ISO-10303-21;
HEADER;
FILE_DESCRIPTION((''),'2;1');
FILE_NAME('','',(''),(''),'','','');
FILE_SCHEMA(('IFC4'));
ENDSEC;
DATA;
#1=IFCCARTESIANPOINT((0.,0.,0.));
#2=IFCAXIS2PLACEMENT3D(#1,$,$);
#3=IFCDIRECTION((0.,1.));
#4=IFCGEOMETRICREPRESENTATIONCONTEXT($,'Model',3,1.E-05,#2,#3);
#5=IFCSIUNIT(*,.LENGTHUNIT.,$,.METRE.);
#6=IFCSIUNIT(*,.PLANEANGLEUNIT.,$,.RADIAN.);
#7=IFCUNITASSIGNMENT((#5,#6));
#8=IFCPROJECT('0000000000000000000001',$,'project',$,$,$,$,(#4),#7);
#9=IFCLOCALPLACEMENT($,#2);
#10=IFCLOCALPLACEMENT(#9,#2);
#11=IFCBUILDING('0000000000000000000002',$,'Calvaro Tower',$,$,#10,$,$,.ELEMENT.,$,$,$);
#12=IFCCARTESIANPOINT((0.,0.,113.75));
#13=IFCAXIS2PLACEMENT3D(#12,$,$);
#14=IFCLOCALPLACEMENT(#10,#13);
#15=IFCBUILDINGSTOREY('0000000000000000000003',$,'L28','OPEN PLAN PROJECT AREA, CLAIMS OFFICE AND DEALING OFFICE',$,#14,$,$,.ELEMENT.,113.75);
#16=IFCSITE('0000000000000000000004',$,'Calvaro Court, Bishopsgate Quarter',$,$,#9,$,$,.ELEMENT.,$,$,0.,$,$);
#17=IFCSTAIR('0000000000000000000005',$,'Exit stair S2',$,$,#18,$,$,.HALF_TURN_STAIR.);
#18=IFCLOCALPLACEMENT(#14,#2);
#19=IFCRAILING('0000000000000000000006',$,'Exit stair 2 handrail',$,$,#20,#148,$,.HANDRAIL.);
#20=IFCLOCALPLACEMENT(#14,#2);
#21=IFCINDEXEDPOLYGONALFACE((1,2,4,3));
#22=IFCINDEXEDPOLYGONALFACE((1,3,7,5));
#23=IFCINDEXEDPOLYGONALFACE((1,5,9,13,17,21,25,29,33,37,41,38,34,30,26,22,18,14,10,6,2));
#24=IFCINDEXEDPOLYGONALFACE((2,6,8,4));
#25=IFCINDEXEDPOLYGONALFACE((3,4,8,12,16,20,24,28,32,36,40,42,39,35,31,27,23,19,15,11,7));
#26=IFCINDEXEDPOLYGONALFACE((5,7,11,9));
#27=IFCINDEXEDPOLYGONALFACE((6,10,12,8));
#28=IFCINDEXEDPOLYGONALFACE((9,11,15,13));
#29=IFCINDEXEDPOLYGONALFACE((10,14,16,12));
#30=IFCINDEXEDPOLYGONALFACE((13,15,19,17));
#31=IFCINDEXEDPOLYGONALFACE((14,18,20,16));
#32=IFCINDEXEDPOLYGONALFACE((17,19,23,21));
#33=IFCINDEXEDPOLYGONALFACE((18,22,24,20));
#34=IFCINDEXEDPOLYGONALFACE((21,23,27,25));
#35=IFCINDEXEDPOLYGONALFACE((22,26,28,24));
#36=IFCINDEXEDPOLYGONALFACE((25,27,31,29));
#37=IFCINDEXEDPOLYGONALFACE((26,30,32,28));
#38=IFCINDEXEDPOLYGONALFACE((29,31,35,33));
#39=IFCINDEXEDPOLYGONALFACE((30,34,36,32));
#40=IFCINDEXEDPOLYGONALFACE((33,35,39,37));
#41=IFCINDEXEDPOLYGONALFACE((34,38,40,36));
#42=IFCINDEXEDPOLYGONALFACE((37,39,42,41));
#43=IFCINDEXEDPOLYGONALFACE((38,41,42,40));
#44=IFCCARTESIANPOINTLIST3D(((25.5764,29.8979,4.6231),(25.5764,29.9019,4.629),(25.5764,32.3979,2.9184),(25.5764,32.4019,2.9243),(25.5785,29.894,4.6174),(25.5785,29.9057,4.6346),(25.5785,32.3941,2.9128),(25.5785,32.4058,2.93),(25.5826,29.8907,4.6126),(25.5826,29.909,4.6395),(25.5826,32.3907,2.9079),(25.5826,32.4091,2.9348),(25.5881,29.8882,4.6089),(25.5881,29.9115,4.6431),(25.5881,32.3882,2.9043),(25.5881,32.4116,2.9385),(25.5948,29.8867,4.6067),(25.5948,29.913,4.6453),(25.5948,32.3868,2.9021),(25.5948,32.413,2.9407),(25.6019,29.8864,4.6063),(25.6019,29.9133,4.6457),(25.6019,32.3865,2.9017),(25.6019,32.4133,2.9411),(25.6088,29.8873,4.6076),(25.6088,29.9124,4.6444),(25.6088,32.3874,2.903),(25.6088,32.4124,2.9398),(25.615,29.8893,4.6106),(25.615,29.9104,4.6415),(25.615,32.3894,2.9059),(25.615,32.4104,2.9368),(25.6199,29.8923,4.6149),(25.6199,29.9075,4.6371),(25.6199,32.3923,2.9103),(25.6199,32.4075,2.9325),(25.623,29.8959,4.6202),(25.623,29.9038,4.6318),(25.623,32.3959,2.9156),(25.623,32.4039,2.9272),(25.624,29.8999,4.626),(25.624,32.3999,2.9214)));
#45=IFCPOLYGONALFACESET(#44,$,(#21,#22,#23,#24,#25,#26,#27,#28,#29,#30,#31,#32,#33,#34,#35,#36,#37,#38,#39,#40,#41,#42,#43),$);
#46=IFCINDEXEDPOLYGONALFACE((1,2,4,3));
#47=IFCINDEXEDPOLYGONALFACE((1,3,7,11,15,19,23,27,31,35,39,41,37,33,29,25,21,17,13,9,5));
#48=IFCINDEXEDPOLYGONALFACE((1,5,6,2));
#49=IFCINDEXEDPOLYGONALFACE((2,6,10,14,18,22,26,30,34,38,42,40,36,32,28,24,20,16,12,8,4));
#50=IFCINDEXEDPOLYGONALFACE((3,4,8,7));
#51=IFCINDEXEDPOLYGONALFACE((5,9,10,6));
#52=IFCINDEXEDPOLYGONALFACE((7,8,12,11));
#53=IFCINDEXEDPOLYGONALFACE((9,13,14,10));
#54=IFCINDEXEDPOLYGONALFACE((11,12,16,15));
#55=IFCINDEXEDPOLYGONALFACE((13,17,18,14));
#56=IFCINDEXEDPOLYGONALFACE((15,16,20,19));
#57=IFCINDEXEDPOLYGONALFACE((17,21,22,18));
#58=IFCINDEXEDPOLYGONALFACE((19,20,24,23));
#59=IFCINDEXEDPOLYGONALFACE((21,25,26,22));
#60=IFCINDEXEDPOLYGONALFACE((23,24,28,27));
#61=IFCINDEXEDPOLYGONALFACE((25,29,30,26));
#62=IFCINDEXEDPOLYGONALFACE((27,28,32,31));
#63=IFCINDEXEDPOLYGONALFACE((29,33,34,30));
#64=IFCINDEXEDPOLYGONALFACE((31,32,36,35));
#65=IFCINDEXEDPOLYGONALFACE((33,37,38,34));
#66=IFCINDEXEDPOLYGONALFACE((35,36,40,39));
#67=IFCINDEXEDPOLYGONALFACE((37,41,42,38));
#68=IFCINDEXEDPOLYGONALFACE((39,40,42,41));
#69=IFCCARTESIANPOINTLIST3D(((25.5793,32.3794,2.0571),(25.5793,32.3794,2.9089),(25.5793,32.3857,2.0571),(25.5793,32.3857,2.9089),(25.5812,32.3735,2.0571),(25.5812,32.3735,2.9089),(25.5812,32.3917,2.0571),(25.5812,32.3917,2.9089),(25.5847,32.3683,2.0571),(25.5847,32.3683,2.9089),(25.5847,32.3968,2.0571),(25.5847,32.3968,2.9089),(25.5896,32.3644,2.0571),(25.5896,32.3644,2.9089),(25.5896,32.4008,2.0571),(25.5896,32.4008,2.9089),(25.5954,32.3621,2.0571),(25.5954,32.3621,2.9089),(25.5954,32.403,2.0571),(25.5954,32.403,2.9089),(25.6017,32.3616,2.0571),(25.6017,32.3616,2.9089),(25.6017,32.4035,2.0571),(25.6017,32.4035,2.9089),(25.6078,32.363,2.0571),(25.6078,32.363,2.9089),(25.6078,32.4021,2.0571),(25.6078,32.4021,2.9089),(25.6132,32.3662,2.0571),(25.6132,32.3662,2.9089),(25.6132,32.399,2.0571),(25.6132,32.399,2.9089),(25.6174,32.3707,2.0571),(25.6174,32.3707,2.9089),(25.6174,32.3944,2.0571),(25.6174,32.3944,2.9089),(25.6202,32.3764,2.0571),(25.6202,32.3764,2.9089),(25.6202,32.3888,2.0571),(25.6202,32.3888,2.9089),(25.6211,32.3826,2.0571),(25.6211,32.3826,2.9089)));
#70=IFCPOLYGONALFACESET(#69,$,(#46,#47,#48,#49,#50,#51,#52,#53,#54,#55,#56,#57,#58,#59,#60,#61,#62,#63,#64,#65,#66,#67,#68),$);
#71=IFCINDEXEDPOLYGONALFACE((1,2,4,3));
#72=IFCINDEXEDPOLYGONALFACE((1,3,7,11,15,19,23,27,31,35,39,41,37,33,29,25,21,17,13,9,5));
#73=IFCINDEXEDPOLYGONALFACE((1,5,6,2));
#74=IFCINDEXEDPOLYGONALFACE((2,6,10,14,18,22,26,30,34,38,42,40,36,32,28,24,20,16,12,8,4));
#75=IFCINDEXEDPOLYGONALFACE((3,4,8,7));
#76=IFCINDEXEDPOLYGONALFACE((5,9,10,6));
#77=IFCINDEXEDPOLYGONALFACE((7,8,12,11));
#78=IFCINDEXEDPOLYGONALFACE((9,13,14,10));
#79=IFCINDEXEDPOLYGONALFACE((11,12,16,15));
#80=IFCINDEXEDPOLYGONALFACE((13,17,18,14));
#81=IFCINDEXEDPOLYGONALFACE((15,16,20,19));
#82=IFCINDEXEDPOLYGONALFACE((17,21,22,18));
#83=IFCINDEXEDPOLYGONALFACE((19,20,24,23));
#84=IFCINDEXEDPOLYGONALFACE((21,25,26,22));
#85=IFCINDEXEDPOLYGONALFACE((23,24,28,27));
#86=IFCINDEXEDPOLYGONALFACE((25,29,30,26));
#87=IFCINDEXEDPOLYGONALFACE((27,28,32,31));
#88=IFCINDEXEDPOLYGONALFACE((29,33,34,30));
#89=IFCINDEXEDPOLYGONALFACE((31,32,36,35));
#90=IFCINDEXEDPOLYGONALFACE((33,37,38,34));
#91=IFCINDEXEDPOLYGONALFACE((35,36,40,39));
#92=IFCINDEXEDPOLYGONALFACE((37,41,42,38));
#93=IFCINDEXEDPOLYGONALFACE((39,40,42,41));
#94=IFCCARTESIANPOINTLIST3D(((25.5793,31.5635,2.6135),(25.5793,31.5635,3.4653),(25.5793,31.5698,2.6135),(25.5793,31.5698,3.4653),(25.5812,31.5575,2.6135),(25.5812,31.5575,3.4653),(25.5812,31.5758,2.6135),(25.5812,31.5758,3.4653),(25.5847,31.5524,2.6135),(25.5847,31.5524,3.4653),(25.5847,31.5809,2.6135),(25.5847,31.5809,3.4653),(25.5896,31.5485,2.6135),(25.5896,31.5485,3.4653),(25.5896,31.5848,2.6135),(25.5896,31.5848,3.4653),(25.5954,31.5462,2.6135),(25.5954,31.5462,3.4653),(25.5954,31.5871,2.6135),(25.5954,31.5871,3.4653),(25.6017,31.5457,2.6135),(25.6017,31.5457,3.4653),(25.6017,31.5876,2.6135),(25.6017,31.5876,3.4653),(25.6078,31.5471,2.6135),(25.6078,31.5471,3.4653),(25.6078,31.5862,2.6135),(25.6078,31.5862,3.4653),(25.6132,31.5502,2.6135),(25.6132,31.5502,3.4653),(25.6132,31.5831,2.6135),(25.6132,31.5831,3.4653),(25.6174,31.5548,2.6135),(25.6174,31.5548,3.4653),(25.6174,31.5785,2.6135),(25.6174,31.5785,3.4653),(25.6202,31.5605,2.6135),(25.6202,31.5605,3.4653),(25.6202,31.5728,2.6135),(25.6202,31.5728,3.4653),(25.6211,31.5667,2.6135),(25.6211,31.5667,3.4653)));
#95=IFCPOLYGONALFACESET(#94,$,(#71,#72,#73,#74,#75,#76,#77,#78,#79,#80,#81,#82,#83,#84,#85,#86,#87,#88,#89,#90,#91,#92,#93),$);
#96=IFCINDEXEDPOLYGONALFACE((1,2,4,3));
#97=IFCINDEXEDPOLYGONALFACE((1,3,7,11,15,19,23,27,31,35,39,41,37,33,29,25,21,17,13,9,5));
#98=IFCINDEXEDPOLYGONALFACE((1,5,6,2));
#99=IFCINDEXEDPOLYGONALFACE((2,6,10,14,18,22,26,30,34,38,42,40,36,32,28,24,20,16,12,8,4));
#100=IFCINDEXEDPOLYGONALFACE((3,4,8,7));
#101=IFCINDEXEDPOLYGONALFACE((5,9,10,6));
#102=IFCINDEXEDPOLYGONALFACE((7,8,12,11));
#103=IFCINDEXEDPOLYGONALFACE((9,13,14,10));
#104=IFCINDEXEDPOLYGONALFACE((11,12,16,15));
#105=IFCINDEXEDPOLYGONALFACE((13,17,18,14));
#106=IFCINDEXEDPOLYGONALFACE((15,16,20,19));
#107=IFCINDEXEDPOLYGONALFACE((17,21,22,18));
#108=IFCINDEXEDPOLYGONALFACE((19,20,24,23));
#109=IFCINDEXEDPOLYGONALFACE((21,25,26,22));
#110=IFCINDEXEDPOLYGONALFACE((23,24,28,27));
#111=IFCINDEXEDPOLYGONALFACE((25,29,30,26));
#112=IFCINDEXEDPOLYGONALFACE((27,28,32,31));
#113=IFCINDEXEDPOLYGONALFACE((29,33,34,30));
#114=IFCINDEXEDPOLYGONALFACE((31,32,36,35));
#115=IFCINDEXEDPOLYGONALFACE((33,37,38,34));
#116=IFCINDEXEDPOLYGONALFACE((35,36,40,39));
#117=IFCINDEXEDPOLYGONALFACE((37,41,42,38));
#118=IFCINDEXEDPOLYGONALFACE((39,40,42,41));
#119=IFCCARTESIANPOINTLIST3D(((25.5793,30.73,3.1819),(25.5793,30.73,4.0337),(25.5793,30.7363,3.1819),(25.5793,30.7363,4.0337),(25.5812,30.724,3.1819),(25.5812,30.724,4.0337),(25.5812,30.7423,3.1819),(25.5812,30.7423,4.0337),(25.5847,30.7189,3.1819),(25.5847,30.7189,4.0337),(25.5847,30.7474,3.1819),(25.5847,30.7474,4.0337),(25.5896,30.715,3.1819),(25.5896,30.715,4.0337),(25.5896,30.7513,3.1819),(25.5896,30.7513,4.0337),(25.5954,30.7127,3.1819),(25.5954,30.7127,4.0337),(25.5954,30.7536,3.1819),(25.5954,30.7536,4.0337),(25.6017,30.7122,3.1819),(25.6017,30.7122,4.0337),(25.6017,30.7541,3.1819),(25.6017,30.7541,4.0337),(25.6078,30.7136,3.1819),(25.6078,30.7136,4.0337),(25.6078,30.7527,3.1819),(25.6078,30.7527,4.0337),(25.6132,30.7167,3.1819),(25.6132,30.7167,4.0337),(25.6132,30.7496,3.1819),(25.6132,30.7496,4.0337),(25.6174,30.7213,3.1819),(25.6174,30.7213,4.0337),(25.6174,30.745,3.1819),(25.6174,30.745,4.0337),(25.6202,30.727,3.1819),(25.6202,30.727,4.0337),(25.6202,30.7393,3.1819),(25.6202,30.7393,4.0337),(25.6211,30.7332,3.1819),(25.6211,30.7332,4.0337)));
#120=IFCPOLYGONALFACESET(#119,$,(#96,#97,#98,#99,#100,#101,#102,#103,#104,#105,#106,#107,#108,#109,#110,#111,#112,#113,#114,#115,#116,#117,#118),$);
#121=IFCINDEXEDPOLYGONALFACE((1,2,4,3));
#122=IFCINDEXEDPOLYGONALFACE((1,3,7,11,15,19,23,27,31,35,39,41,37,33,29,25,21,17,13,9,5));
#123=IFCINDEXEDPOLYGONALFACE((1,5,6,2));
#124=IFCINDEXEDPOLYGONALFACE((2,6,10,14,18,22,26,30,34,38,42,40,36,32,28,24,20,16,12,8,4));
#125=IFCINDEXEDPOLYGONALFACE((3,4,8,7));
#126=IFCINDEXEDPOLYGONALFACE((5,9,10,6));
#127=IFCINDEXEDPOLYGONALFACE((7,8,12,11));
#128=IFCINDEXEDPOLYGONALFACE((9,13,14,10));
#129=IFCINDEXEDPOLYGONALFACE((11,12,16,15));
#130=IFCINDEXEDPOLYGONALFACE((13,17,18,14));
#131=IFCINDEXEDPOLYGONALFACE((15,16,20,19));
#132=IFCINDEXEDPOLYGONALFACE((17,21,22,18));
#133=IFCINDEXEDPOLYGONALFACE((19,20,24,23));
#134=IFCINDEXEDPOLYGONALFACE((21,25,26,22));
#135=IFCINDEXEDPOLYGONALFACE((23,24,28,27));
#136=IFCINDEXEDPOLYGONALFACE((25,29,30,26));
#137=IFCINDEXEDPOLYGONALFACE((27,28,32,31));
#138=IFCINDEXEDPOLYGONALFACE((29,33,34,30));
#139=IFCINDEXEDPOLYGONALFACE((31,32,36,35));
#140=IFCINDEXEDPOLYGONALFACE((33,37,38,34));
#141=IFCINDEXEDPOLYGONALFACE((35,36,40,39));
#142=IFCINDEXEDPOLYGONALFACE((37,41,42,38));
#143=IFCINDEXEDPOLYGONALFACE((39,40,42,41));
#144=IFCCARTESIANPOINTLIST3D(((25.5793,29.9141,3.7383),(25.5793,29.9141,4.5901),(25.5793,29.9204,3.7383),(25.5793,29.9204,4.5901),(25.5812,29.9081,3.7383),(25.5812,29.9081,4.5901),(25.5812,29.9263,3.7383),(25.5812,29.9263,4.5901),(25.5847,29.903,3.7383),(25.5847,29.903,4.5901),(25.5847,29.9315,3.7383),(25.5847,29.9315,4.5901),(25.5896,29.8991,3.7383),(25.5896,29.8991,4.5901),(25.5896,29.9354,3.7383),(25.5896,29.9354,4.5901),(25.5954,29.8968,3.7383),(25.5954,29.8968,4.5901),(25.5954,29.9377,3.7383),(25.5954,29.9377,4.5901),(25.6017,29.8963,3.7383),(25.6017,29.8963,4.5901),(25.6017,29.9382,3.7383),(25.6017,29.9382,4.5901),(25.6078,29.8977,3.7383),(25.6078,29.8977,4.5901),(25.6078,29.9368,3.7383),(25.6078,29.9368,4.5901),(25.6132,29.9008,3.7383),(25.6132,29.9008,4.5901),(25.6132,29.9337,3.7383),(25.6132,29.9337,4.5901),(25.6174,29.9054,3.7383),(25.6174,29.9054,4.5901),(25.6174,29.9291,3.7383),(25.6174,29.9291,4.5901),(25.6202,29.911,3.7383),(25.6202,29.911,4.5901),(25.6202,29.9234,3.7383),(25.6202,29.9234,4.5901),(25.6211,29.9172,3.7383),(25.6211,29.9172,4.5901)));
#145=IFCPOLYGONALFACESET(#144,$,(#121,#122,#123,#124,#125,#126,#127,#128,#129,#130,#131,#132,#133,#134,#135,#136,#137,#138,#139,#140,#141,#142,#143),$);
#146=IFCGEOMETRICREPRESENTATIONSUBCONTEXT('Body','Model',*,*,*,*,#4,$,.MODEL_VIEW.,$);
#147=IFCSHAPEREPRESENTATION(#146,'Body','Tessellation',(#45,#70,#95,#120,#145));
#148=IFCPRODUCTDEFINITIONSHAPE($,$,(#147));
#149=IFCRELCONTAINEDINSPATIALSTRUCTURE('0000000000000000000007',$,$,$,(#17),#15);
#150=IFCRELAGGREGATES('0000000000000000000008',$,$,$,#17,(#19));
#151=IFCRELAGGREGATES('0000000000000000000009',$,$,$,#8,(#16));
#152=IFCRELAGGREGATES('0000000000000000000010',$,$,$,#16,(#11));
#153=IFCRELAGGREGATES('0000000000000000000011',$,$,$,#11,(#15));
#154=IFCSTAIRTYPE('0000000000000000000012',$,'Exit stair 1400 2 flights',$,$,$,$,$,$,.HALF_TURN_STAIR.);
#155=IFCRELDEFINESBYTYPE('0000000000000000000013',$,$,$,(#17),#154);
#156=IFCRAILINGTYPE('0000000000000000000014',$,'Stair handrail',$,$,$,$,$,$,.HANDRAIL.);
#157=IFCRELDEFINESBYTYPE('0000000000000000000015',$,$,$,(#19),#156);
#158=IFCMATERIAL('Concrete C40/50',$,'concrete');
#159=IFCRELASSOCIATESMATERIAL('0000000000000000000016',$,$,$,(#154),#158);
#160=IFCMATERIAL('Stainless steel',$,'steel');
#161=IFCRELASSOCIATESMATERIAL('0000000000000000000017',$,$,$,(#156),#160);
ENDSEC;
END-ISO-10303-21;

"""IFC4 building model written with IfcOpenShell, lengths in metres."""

from ifc_helpers import new_model, si_unit, direction, frame, origin, origin_2d, place, context, subcontext, project, spatial, circle, extrude, material, type_object, element, aggregate, save


model = new_model("IFC4")

# Units and contexts
model_context = context("Model", 3, precision=1e-05, world=origin(), true_north=direction((0.0, 1.0)))
body_context = subcontext(model_context, "Body", "Model", "MODEL_VIEW")
ifc_project = project(units=[si_unit("LENGTHUNIT", "METRE"), si_unit("PLANEANGLEUNIT", "RADIAN")], contexts=[model_context])

# Site, building, storey
site_placement = place(None, origin())
site = spatial("IfcSite", under=ifc_project, at=site_placement, Name="Calvaro Court, Bishopsgate Quarter", CompositionType="ELEMENT", RefElevation=0.0)
building_placement = place(site_placement, origin())
building = spatial("IfcBuilding", under=site, at=building_placement, Name="Calvaro Tower", CompositionType="ELEMENT")
storey_placement = place(building_placement, frame((0.0, 0.0, 113.75)))
storey = spatial("IfcBuildingStorey", under=building, at=storey_placement, Name="L28", Description="OPEN PLAN PROJECT AREA, CLAIMS OFFICE AND DEALING OFFICE", CompositionType="ELEMENT", Elevation=113.75)

# Stair, railing
ifc_material_1 = material(Name="Concrete C40/50", Category="concrete")
stair_type = type_object("IfcStairType", Name="Exit stair 1400 2 flights", PredefinedType="HALF_TURN_STAIR", material=ifc_material_1)
stair_placement = place(storey_placement, origin())
stair = element("IfcStair", 1, at=stair_placement, inside=storey, type_object=stair_type, Name="Exit stair S2", PredefinedType="HALF_TURN_STAIR")
ifc_material_2 = material(Name="Stainless steel", Category="steel")
railing_type = type_object("IfcRailingType", Name="Stair handrail", PredefinedType="HANDRAIL", material=ifc_material_2)
railing_1_placement = place(storey_placement, frame((25.6001, 32.3999, 2.0454)))
railing_1 = element("IfcRailing", 2, at=railing_1_placement, type_object=railing_type, Name="Exit stair 2 handrail", PredefinedType="HANDRAIL", context=body_context, shape_type="SweptSolid", body=[
    extrude(circle(Radius=0.0239, at=origin_2d()), frame((0.0, 0.0, 0.876), z_axis=(0.0, -0.826221, 0.563347), x_axis=(1.0, 0.0, 0.0)), (0.0, 0.0, 1.0), 3.0259),
    extrude(circle(Radius=0.021, at=origin_2d()), frame((0.0, -0.0173, 0.0117)), (0.0, 0.0, 1.0), 0.8518),
    extrude(circle(Radius=0.021, at=origin_2d()), frame((0.0, -0.8333, 0.5681)), (0.0, 0.0, 1.0), 0.8518),
    extrude(circle(Radius=0.021, at=origin_2d()), frame((0.0, -1.6667, 1.1365)), (0.0, 0.0, 1.0), 0.8518),
    extrude(circle(Radius=0.021, at=origin_2d()), frame((0.0, -2.4827, 1.6929)), (0.0, 0.0, 1.0), 0.8518),
])
aggregate(stair, [railing_1])

save(model, "model.ifc")
